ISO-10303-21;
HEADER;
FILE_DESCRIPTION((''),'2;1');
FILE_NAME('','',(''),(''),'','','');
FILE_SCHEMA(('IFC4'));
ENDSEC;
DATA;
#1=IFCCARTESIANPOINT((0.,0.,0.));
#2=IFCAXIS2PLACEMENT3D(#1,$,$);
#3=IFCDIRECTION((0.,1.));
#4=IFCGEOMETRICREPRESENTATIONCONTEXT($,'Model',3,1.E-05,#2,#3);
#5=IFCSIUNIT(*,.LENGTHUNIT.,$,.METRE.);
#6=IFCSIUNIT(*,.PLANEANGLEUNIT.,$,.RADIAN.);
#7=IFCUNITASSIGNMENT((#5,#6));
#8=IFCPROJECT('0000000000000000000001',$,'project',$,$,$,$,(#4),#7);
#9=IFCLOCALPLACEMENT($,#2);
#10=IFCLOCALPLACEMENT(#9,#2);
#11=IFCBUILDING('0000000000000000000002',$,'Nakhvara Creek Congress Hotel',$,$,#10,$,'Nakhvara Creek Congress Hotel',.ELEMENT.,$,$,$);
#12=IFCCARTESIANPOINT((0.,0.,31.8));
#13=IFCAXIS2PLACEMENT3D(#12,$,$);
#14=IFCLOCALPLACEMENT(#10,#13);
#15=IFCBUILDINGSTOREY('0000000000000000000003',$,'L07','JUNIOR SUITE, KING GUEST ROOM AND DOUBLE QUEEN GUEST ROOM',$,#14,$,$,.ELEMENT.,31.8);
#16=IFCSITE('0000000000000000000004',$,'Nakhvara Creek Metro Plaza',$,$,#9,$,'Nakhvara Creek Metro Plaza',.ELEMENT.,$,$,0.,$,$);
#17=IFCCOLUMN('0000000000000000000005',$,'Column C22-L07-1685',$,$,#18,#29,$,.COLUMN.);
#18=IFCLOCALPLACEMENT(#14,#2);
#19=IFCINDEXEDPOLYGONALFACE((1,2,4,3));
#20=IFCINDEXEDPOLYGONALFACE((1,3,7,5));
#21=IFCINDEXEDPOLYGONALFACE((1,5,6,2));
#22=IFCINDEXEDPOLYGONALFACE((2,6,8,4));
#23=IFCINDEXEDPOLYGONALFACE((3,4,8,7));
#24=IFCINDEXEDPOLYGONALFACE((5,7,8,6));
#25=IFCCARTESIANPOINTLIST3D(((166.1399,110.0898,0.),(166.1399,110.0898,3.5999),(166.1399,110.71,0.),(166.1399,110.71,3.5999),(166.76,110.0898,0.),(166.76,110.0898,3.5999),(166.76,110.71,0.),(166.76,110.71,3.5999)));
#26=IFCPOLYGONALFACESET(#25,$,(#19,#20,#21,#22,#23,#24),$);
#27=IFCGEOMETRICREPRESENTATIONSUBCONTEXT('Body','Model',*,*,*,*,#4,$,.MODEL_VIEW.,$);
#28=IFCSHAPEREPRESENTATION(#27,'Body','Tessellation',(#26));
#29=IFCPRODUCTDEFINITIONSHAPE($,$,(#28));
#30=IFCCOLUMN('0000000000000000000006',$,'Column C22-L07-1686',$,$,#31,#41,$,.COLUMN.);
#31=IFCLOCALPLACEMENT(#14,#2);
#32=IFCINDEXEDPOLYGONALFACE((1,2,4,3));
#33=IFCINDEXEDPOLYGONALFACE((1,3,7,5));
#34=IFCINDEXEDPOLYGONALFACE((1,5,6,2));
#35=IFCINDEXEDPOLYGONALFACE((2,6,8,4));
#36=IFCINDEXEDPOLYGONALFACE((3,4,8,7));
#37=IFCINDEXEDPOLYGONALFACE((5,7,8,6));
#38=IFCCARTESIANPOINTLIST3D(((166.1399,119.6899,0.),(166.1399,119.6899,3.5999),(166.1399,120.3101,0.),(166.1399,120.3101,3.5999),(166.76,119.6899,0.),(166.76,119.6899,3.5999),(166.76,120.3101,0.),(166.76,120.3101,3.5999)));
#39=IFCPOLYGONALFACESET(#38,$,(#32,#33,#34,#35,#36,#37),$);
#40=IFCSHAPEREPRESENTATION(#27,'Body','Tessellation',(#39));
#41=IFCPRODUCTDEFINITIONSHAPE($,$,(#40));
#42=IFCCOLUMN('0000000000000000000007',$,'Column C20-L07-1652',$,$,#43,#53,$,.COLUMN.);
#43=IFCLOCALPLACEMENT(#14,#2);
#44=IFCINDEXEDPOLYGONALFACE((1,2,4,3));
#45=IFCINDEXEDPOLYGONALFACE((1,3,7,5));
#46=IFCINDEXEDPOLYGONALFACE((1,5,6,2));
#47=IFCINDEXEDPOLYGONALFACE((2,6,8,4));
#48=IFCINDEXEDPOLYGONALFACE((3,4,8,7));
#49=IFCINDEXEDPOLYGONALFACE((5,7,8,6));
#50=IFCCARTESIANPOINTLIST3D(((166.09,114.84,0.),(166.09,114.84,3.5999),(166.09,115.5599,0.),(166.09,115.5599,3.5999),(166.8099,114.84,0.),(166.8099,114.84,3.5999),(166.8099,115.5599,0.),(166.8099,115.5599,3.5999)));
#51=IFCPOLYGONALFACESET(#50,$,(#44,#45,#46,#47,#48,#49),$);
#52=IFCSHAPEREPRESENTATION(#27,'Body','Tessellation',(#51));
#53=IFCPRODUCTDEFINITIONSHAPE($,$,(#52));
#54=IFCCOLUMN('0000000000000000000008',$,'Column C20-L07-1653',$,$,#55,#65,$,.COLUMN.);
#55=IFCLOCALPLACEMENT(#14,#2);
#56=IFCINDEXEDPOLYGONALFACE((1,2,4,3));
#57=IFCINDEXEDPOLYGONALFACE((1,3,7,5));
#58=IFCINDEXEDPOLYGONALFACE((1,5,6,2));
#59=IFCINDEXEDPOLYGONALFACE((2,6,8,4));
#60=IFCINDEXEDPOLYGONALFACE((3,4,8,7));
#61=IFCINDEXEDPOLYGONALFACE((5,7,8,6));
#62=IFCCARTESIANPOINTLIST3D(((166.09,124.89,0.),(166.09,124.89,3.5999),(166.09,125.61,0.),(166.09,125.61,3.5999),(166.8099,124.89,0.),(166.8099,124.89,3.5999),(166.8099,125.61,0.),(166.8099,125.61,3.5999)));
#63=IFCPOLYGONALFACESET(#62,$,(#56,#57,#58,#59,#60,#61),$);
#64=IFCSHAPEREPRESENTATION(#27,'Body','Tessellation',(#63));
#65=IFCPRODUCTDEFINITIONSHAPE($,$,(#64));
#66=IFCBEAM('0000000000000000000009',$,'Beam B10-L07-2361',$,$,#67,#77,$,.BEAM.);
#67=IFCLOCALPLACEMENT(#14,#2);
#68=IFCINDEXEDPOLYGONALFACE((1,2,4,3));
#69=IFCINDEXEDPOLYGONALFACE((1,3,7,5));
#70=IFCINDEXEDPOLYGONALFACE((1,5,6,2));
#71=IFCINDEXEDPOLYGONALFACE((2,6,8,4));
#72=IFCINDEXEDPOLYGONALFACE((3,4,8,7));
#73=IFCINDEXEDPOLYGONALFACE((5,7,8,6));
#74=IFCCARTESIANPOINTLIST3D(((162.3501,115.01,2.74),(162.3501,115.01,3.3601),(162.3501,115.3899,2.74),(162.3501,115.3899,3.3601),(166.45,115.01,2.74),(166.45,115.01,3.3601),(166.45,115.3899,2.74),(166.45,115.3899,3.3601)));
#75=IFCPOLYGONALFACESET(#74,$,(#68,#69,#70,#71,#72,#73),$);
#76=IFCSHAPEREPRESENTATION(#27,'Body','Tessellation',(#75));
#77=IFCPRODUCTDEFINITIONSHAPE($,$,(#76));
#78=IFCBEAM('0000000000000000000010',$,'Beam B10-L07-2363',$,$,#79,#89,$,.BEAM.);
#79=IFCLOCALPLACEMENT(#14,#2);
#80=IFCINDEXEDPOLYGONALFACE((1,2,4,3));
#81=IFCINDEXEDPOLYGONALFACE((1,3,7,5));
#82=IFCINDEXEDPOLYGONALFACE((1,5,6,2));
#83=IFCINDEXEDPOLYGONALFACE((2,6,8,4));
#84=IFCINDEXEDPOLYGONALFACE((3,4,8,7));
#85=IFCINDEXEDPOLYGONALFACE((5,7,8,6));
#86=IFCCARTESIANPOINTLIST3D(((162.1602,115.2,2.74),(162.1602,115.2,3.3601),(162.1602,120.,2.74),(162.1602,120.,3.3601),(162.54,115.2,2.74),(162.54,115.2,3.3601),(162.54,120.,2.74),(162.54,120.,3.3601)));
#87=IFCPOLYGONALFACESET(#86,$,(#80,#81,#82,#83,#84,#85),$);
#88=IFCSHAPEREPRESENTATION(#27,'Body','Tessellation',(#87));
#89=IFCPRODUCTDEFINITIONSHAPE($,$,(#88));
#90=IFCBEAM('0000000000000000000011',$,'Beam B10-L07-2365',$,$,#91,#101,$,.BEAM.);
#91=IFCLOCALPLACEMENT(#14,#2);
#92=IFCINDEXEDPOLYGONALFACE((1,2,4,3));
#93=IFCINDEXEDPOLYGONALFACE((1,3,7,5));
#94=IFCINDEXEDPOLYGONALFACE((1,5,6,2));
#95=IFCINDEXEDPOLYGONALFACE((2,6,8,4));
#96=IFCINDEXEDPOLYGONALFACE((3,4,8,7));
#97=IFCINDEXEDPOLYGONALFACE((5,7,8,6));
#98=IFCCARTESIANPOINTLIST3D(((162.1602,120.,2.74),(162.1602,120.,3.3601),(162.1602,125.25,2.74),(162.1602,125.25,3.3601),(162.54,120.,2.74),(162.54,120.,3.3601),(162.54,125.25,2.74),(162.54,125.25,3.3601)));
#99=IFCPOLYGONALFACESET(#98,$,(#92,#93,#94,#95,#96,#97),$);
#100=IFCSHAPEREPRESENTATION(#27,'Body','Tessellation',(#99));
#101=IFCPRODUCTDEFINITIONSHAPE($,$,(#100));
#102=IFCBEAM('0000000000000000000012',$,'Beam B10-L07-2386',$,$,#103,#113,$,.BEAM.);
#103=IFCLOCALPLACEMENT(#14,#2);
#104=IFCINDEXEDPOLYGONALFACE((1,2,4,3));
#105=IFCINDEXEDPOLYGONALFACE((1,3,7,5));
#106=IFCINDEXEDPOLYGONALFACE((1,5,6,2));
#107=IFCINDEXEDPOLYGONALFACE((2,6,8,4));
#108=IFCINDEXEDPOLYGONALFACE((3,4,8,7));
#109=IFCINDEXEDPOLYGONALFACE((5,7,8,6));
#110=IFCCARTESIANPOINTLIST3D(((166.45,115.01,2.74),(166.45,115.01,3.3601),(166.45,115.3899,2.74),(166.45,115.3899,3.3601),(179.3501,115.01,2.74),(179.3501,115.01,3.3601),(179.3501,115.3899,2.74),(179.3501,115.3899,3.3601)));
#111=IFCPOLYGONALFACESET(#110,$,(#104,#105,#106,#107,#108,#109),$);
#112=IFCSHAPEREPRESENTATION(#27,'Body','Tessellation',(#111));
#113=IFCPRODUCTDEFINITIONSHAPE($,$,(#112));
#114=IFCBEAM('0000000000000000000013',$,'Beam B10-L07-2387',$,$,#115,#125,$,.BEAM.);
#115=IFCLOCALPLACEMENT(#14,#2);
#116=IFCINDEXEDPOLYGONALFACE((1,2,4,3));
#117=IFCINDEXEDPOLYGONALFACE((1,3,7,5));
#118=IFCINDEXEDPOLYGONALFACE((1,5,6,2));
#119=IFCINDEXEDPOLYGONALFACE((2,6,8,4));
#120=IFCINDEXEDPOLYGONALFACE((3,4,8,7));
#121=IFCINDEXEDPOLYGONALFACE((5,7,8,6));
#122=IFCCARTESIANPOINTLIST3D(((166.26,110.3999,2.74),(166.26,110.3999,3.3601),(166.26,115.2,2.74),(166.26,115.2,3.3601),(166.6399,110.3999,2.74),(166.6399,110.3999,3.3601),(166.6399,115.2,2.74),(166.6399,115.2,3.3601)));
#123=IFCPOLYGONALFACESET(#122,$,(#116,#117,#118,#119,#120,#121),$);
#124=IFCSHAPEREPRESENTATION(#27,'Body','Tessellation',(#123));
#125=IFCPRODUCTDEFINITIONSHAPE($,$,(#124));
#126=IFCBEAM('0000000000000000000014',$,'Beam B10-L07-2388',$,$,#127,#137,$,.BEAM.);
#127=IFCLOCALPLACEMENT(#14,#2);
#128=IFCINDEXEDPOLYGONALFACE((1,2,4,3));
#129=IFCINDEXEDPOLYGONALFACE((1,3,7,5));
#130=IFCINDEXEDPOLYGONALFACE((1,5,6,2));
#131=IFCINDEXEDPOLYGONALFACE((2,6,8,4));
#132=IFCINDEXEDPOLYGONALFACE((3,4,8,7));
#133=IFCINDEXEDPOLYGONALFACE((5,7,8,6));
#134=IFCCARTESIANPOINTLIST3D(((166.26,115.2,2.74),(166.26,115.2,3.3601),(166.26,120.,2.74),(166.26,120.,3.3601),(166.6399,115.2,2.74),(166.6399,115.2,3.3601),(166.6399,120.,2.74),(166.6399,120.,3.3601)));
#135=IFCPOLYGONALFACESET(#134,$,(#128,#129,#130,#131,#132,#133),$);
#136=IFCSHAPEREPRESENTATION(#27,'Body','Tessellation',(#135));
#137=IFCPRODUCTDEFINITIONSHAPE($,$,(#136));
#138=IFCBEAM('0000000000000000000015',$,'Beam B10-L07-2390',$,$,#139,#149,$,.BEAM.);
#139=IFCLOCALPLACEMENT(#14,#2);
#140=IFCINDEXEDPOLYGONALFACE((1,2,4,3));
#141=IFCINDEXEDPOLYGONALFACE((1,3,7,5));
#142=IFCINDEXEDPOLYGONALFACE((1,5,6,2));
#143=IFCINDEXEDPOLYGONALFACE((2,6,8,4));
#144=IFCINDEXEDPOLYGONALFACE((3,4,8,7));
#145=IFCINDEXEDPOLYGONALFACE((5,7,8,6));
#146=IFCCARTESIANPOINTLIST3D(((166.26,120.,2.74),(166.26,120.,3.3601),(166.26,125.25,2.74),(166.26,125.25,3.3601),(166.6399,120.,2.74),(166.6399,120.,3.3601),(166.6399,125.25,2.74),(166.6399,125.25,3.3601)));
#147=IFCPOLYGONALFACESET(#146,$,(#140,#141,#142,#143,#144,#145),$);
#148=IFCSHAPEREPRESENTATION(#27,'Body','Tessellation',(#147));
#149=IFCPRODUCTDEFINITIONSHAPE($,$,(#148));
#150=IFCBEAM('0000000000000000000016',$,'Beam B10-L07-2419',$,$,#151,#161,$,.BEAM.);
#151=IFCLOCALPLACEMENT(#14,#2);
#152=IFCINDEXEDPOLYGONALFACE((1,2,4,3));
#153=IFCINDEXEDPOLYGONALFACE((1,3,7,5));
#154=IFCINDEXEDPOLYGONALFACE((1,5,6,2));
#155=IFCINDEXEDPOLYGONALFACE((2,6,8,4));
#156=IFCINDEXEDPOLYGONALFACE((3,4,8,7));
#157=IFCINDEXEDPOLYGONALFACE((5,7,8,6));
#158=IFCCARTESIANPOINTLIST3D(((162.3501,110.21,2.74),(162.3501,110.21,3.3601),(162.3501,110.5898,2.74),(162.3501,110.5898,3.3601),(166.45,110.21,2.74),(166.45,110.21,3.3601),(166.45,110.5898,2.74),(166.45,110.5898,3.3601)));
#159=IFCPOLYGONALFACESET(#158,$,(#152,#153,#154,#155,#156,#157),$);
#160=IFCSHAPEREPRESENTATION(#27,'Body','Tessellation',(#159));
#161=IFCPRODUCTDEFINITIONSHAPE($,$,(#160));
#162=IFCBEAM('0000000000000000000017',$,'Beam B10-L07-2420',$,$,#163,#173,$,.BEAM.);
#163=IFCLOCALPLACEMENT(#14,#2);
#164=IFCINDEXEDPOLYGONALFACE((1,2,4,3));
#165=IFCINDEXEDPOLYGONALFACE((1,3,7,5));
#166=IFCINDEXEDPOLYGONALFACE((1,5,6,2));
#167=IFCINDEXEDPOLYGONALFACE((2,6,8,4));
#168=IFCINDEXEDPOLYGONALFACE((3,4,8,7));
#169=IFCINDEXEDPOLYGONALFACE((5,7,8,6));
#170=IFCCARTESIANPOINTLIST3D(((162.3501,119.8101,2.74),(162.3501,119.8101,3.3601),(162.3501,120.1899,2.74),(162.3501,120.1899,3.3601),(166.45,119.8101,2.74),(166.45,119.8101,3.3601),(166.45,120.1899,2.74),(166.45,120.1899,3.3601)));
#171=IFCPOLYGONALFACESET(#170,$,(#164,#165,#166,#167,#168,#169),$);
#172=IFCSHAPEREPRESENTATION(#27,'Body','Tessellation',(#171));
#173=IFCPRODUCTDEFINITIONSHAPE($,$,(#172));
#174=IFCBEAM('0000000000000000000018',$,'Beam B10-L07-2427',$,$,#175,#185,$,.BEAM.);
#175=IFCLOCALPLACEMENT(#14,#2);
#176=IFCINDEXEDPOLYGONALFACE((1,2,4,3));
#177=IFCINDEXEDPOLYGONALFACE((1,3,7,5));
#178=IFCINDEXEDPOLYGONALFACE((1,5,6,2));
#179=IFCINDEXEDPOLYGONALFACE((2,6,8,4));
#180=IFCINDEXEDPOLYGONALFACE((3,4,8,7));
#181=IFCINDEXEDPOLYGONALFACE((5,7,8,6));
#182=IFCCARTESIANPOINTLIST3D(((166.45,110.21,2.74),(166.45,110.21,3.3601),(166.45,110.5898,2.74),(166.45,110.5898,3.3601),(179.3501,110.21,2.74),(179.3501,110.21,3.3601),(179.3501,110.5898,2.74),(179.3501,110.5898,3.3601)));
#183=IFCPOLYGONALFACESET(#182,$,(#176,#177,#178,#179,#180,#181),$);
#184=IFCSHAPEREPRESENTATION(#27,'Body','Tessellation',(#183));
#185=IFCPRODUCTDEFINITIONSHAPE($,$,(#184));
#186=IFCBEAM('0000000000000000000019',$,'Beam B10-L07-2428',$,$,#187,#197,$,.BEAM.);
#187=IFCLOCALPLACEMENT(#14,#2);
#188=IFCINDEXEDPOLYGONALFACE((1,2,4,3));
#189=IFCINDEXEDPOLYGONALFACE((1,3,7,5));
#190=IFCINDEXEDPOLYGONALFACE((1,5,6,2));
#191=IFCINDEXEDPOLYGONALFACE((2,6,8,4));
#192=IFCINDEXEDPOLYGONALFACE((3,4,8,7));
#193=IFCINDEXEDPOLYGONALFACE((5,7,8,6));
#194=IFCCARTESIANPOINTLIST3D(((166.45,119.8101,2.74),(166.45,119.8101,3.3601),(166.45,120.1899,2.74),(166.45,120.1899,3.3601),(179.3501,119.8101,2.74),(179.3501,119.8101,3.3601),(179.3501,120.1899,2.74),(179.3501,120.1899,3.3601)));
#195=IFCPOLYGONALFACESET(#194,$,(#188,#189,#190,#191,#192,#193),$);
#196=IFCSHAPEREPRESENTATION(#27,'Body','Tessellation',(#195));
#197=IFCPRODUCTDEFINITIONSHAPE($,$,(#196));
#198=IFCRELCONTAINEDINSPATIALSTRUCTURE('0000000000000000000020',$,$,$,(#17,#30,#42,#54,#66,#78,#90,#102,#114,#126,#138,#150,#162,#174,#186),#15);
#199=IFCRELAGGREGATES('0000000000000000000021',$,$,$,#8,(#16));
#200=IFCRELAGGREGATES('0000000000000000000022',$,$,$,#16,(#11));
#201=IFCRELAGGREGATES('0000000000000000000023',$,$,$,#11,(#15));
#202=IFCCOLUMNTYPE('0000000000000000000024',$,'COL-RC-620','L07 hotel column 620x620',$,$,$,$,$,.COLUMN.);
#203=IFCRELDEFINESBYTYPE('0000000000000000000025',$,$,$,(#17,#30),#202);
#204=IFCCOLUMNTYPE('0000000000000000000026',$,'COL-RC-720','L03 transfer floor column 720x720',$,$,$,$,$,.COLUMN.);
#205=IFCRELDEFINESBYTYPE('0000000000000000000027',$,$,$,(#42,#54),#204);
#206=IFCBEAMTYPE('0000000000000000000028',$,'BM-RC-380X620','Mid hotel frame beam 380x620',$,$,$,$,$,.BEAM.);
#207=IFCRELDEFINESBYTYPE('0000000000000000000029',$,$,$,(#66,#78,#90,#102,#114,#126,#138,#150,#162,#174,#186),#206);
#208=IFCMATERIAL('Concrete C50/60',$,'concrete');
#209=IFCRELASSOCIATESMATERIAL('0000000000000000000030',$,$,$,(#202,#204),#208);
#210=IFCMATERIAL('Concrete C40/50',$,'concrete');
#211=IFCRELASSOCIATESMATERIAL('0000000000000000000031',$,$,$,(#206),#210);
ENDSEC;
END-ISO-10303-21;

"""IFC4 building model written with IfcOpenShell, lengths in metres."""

from ifc_helpers import new_model, si_unit, direction, frame, origin, origin_2d, place, context, subcontext, project, spatial, rectangle, extrude, material, material_profile, profile_set, type_object, element, save


model = new_model("IFC4")

# Units and contexts
model_context = context("Model", 3, precision=1e-05, world=origin(), true_north=direction((0.0, 1.0)))
body_context = subcontext(model_context, "Body", "Model", "MODEL_VIEW")
ifc_project = project(units=[si_unit("LENGTHUNIT", "METRE"), si_unit("PLANEANGLEUNIT", "RADIAN")], contexts=[model_context])

# Site, building, storey
site_placement = place(None, origin())
site = spatial("IfcSite", under=ifc_project, at=site_placement, Name="Nakhvara Creek Metro Plaza", LongName="Nakhvara Creek Metro Plaza", CompositionType="ELEMENT", RefElevation=0.0)
building_placement = place(site_placement, origin())
building = spatial("IfcBuilding", under=site, at=building_placement, Name="Nakhvara Creek Congress Hotel", LongName="Nakhvara Creek Congress Hotel", CompositionType="ELEMENT")
storey_placement = place(building_placement, frame((0.0, 0.0, 31.8)))
storey = spatial("IfcBuildingStorey", under=building, at=storey_placement, Name="L07", Description="JUNIOR SUITE, KING GUEST ROOM AND DOUBLE QUEEN GUEST ROOM", CompositionType="ELEMENT", Elevation=31.8)

# Columns
ifc_material_1 = material(Name="Concrete C50/60", Category="concrete")
ifc_material_profile_1 = material_profile(ifc_material_1, rectangle(XDim=0.6201, YDim=0.6201, at=origin_2d()), Name="RC-COL 620x620", Category="LoadBearing")
ifc_profile_set_1 = profile_set([ifc_material_profile_1], Name="Concrete C50/60")
column_type_1 = type_object("IfcColumnType", Name="COL-RC-620", Description="L07 hotel column 620x620", PredefinedType="COLUMN", material=ifc_profile_set_1)
for number, where, z_axis, x_axis, name in (
    (1, (166.45, 110.3999, 0.0), (0.0, 0.0, 1.0), (1.0, 0.0, 0.0), "Column C22-L07-1685"),
    (2, (166.45, 120.0, 0.0), (0.0, 0.0, 1.0), (1.0, 0.0, 0.0), "Column C22-L07-1686"),
):
    element("IfcColumn", number, at=place(storey_placement, frame(where, z_axis=z_axis, x_axis=x_axis)), inside=storey, type_object=column_type_1, Name=name, PredefinedType="COLUMN", context=body_context, shape_type="SweptSolid", body=[
        extrude(rectangle(XDim=0.6201, YDim=0.6201, at=origin_2d()), origin(), (0.0, 0.0, 1.0), 3.5999),
    ])
ifc_material_profile_2 = material_profile(ifc_material_1, rectangle(XDim=0.72, YDim=0.72, at=origin_2d()), Name="RC-COL 720x720", Category="LoadBearing")
ifc_profile_set_2 = profile_set([ifc_material_profile_2], Name="Concrete C50/60")
column_type_2 = type_object("IfcColumnType", Name="COL-RC-720", Description="L03 transfer floor column 720x720", PredefinedType="COLUMN", material=ifc_profile_set_2)
for number, where, z_axis, x_axis, name in (
    (3, (166.45, 115.2, 0.0), (0.0, 0.0, 1.0), (1.0, 0.0, 0.0), "Column C20-L07-1652"),
    (4, (166.45, 125.25, 0.0), (0.0, 0.0, 1.0), (1.0, 0.0, 0.0), "Column C20-L07-1653"),
):
    element("IfcColumn", number, at=place(storey_placement, frame(where, z_axis=z_axis, x_axis=x_axis)), inside=storey, type_object=column_type_2, Name=name, PredefinedType="COLUMN", context=body_context, shape_type="SweptSolid", body=[
        extrude(rectangle(XDim=0.72, YDim=0.72, at=origin_2d()), origin(), (0.0, 0.0, 1.0), 3.5999),
    ])

# Beams
ifc_material_2 = material(Name="Concrete C40/50", Category="concrete")
ifc_material_profile_3 = material_profile(ifc_material_2, rectangle(XDim=0.3799, YDim=0.6201, at=origin_2d()), Name="RC-BM 380x620", Category="LoadBearing")
ifc_profile_set_3 = profile_set([ifc_material_profile_3], Name="Concrete C40/50")
beam_type_1 = type_object("IfcBeamType", Name="BM-RC-380X620", Description="Mid hotel frame beam 380x620", PredefinedType="BEAM", material=ifc_profile_set_3)
beam_1_placement = place(storey_placement, frame((162.3501, 115.2, 3.05), z_axis=(1.0, 0.0, 0.0), x_axis=(0.0, 1.0, 0.0)))
element("IfcBeam", 5, at=beam_1_placement, inside=storey, type_object=beam_type_1, Name="Beam B10-L07-2361", PredefinedType="BEAM", context=body_context, shape_type="SweptSolid", body=[
    extrude(rectangle(XDim=0.3799, YDim=0.6201, at=origin_2d()), origin(), (0.0, 0.0, 1.0), 4.0999),
])
beam_2_placement = place(storey_placement, frame((162.3501, 115.2, 3.05), z_axis=(0.0, 1.0, 0.0), x_axis=(-1.0, 0.0, 0.0)))
element("IfcBeam", 6, at=beam_2_placement, inside=storey, type_object=beam_type_1, Name="Beam B10-L07-2363", PredefinedType="BEAM", context=body_context, shape_type="SweptSolid", body=[
    extrude(rectangle(XDim=0.3799, YDim=0.6201, at=origin_2d()), origin(), (0.0, 0.0, 1.0), 4.8),
])
beam_3_placement = place(storey_placement, frame((162.3501, 120.0, 3.05), z_axis=(0.0, 1.0, 0.0), x_axis=(-1.0, 0.0, 0.0)))
element("IfcBeam", 7, at=beam_3_placement, inside=storey, type_object=beam_type_1, Name="Beam B10-L07-2365", PredefinedType="BEAM", context=body_context, shape_type="SweptSolid", body=[
    extrude(rectangle(XDim=0.3799, YDim=0.6201, at=origin_2d()), origin(), (0.0, 0.0, 1.0), 5.25),
])
beam_4_placement = place(storey_placement, frame((166.45, 115.2, 3.05), z_axis=(1.0, 0.0, 0.0), x_axis=(0.0, 1.0, 0.0)))
element("IfcBeam", 8, at=beam_4_placement, inside=storey, type_object=beam_type_1, Name="Beam B10-L07-2386", PredefinedType="BEAM", context=body_context, shape_type="SweptSolid", body=[
    extrude(rectangle(XDim=0.3799, YDim=0.6201, at=origin_2d()), origin(), (0.0, 0.0, 1.0), 12.9001),
])
for number, where, z_axis, x_axis, name in (
    (9, (166.45, 110.3999, 3.05), (0.0, 1.0, 0.0), (-1.0, 0.0, 0.0), "Beam B10-L07-2387"),
    (10, (166.45, 115.2, 3.05), (0.0, 1.0, 0.0), (-1.0, 0.0, 0.0), "Beam B10-L07-2388"),
):
    element("IfcBeam", number, at=place(storey_placement, frame(where, z_axis=z_axis, x_axis=x_axis)), inside=storey, type_object=beam_type_1, Name=name, PredefinedType="BEAM", context=body_context, shape_type="SweptSolid", body=[
        extrude(rectangle(XDim=0.3799, YDim=0.6201, at=origin_2d()), origin(), (0.0, 0.0, 1.0), 4.8),
    ])
beam_5_placement = place(storey_placement, frame((166.45, 120.0, 3.05), z_axis=(0.0, 1.0, 0.0), x_axis=(-1.0, 0.0, 0.0)))
element("IfcBeam", 11, at=beam_5_placement, inside=storey, type_object=beam_type_1, Name="Beam B10-L07-2390", PredefinedType="BEAM", context=body_context, shape_type="SweptSolid", body=[
    extrude(rectangle(XDim=0.3799, YDim=0.6201, at=origin_2d()), origin(), (0.0, 0.0, 1.0), 5.25),
])
for number, where, z_axis, x_axis, name in (
    (12, (162.3501, 110.3999, 3.05), (1.0, 0.0, 0.0), (0.0, 1.0, 0.0), "Beam B10-L07-2419"),
    (13, (162.3501, 120.0, 3.05), (1.0, 0.0, 0.0), (0.0, 1.0, 0.0), "Beam B10-L07-2420"),
):
    element("IfcBeam", number, at=place(storey_placement, frame(where, z_axis=z_axis, x_axis=x_axis)), inside=storey, type_object=beam_type_1, Name=name, PredefinedType="BEAM", context=body_context, shape_type="SweptSolid", body=[
        extrude(rectangle(XDim=0.3799, YDim=0.6201, at=origin_2d()), origin(), (0.0, 0.0, 1.0), 4.0999),
    ])
for number, where, z_axis, x_axis, name in (
    (14, (166.45, 110.3999, 3.05), (1.0, 0.0, 0.0), (0.0, 1.0, 0.0), "Beam B10-L07-2427"),
    (15, (166.45, 120.0, 3.05), (1.0, 0.0, 0.0), (0.0, 1.0, 0.0), "Beam B10-L07-2428"),
):
    element("IfcBeam", number, at=place(storey_placement, frame(where, z_axis=z_axis, x_axis=x_axis)), inside=storey, type_object=beam_type_1, Name=name, PredefinedType="BEAM", context=body_context, shape_type="SweptSolid", body=[
        extrude(rectangle(XDim=0.3799, YDim=0.6201, at=origin_2d()), origin(), (0.0, 0.0, 1.0), 12.9001),
    ])

save(model, "model.ifc")
